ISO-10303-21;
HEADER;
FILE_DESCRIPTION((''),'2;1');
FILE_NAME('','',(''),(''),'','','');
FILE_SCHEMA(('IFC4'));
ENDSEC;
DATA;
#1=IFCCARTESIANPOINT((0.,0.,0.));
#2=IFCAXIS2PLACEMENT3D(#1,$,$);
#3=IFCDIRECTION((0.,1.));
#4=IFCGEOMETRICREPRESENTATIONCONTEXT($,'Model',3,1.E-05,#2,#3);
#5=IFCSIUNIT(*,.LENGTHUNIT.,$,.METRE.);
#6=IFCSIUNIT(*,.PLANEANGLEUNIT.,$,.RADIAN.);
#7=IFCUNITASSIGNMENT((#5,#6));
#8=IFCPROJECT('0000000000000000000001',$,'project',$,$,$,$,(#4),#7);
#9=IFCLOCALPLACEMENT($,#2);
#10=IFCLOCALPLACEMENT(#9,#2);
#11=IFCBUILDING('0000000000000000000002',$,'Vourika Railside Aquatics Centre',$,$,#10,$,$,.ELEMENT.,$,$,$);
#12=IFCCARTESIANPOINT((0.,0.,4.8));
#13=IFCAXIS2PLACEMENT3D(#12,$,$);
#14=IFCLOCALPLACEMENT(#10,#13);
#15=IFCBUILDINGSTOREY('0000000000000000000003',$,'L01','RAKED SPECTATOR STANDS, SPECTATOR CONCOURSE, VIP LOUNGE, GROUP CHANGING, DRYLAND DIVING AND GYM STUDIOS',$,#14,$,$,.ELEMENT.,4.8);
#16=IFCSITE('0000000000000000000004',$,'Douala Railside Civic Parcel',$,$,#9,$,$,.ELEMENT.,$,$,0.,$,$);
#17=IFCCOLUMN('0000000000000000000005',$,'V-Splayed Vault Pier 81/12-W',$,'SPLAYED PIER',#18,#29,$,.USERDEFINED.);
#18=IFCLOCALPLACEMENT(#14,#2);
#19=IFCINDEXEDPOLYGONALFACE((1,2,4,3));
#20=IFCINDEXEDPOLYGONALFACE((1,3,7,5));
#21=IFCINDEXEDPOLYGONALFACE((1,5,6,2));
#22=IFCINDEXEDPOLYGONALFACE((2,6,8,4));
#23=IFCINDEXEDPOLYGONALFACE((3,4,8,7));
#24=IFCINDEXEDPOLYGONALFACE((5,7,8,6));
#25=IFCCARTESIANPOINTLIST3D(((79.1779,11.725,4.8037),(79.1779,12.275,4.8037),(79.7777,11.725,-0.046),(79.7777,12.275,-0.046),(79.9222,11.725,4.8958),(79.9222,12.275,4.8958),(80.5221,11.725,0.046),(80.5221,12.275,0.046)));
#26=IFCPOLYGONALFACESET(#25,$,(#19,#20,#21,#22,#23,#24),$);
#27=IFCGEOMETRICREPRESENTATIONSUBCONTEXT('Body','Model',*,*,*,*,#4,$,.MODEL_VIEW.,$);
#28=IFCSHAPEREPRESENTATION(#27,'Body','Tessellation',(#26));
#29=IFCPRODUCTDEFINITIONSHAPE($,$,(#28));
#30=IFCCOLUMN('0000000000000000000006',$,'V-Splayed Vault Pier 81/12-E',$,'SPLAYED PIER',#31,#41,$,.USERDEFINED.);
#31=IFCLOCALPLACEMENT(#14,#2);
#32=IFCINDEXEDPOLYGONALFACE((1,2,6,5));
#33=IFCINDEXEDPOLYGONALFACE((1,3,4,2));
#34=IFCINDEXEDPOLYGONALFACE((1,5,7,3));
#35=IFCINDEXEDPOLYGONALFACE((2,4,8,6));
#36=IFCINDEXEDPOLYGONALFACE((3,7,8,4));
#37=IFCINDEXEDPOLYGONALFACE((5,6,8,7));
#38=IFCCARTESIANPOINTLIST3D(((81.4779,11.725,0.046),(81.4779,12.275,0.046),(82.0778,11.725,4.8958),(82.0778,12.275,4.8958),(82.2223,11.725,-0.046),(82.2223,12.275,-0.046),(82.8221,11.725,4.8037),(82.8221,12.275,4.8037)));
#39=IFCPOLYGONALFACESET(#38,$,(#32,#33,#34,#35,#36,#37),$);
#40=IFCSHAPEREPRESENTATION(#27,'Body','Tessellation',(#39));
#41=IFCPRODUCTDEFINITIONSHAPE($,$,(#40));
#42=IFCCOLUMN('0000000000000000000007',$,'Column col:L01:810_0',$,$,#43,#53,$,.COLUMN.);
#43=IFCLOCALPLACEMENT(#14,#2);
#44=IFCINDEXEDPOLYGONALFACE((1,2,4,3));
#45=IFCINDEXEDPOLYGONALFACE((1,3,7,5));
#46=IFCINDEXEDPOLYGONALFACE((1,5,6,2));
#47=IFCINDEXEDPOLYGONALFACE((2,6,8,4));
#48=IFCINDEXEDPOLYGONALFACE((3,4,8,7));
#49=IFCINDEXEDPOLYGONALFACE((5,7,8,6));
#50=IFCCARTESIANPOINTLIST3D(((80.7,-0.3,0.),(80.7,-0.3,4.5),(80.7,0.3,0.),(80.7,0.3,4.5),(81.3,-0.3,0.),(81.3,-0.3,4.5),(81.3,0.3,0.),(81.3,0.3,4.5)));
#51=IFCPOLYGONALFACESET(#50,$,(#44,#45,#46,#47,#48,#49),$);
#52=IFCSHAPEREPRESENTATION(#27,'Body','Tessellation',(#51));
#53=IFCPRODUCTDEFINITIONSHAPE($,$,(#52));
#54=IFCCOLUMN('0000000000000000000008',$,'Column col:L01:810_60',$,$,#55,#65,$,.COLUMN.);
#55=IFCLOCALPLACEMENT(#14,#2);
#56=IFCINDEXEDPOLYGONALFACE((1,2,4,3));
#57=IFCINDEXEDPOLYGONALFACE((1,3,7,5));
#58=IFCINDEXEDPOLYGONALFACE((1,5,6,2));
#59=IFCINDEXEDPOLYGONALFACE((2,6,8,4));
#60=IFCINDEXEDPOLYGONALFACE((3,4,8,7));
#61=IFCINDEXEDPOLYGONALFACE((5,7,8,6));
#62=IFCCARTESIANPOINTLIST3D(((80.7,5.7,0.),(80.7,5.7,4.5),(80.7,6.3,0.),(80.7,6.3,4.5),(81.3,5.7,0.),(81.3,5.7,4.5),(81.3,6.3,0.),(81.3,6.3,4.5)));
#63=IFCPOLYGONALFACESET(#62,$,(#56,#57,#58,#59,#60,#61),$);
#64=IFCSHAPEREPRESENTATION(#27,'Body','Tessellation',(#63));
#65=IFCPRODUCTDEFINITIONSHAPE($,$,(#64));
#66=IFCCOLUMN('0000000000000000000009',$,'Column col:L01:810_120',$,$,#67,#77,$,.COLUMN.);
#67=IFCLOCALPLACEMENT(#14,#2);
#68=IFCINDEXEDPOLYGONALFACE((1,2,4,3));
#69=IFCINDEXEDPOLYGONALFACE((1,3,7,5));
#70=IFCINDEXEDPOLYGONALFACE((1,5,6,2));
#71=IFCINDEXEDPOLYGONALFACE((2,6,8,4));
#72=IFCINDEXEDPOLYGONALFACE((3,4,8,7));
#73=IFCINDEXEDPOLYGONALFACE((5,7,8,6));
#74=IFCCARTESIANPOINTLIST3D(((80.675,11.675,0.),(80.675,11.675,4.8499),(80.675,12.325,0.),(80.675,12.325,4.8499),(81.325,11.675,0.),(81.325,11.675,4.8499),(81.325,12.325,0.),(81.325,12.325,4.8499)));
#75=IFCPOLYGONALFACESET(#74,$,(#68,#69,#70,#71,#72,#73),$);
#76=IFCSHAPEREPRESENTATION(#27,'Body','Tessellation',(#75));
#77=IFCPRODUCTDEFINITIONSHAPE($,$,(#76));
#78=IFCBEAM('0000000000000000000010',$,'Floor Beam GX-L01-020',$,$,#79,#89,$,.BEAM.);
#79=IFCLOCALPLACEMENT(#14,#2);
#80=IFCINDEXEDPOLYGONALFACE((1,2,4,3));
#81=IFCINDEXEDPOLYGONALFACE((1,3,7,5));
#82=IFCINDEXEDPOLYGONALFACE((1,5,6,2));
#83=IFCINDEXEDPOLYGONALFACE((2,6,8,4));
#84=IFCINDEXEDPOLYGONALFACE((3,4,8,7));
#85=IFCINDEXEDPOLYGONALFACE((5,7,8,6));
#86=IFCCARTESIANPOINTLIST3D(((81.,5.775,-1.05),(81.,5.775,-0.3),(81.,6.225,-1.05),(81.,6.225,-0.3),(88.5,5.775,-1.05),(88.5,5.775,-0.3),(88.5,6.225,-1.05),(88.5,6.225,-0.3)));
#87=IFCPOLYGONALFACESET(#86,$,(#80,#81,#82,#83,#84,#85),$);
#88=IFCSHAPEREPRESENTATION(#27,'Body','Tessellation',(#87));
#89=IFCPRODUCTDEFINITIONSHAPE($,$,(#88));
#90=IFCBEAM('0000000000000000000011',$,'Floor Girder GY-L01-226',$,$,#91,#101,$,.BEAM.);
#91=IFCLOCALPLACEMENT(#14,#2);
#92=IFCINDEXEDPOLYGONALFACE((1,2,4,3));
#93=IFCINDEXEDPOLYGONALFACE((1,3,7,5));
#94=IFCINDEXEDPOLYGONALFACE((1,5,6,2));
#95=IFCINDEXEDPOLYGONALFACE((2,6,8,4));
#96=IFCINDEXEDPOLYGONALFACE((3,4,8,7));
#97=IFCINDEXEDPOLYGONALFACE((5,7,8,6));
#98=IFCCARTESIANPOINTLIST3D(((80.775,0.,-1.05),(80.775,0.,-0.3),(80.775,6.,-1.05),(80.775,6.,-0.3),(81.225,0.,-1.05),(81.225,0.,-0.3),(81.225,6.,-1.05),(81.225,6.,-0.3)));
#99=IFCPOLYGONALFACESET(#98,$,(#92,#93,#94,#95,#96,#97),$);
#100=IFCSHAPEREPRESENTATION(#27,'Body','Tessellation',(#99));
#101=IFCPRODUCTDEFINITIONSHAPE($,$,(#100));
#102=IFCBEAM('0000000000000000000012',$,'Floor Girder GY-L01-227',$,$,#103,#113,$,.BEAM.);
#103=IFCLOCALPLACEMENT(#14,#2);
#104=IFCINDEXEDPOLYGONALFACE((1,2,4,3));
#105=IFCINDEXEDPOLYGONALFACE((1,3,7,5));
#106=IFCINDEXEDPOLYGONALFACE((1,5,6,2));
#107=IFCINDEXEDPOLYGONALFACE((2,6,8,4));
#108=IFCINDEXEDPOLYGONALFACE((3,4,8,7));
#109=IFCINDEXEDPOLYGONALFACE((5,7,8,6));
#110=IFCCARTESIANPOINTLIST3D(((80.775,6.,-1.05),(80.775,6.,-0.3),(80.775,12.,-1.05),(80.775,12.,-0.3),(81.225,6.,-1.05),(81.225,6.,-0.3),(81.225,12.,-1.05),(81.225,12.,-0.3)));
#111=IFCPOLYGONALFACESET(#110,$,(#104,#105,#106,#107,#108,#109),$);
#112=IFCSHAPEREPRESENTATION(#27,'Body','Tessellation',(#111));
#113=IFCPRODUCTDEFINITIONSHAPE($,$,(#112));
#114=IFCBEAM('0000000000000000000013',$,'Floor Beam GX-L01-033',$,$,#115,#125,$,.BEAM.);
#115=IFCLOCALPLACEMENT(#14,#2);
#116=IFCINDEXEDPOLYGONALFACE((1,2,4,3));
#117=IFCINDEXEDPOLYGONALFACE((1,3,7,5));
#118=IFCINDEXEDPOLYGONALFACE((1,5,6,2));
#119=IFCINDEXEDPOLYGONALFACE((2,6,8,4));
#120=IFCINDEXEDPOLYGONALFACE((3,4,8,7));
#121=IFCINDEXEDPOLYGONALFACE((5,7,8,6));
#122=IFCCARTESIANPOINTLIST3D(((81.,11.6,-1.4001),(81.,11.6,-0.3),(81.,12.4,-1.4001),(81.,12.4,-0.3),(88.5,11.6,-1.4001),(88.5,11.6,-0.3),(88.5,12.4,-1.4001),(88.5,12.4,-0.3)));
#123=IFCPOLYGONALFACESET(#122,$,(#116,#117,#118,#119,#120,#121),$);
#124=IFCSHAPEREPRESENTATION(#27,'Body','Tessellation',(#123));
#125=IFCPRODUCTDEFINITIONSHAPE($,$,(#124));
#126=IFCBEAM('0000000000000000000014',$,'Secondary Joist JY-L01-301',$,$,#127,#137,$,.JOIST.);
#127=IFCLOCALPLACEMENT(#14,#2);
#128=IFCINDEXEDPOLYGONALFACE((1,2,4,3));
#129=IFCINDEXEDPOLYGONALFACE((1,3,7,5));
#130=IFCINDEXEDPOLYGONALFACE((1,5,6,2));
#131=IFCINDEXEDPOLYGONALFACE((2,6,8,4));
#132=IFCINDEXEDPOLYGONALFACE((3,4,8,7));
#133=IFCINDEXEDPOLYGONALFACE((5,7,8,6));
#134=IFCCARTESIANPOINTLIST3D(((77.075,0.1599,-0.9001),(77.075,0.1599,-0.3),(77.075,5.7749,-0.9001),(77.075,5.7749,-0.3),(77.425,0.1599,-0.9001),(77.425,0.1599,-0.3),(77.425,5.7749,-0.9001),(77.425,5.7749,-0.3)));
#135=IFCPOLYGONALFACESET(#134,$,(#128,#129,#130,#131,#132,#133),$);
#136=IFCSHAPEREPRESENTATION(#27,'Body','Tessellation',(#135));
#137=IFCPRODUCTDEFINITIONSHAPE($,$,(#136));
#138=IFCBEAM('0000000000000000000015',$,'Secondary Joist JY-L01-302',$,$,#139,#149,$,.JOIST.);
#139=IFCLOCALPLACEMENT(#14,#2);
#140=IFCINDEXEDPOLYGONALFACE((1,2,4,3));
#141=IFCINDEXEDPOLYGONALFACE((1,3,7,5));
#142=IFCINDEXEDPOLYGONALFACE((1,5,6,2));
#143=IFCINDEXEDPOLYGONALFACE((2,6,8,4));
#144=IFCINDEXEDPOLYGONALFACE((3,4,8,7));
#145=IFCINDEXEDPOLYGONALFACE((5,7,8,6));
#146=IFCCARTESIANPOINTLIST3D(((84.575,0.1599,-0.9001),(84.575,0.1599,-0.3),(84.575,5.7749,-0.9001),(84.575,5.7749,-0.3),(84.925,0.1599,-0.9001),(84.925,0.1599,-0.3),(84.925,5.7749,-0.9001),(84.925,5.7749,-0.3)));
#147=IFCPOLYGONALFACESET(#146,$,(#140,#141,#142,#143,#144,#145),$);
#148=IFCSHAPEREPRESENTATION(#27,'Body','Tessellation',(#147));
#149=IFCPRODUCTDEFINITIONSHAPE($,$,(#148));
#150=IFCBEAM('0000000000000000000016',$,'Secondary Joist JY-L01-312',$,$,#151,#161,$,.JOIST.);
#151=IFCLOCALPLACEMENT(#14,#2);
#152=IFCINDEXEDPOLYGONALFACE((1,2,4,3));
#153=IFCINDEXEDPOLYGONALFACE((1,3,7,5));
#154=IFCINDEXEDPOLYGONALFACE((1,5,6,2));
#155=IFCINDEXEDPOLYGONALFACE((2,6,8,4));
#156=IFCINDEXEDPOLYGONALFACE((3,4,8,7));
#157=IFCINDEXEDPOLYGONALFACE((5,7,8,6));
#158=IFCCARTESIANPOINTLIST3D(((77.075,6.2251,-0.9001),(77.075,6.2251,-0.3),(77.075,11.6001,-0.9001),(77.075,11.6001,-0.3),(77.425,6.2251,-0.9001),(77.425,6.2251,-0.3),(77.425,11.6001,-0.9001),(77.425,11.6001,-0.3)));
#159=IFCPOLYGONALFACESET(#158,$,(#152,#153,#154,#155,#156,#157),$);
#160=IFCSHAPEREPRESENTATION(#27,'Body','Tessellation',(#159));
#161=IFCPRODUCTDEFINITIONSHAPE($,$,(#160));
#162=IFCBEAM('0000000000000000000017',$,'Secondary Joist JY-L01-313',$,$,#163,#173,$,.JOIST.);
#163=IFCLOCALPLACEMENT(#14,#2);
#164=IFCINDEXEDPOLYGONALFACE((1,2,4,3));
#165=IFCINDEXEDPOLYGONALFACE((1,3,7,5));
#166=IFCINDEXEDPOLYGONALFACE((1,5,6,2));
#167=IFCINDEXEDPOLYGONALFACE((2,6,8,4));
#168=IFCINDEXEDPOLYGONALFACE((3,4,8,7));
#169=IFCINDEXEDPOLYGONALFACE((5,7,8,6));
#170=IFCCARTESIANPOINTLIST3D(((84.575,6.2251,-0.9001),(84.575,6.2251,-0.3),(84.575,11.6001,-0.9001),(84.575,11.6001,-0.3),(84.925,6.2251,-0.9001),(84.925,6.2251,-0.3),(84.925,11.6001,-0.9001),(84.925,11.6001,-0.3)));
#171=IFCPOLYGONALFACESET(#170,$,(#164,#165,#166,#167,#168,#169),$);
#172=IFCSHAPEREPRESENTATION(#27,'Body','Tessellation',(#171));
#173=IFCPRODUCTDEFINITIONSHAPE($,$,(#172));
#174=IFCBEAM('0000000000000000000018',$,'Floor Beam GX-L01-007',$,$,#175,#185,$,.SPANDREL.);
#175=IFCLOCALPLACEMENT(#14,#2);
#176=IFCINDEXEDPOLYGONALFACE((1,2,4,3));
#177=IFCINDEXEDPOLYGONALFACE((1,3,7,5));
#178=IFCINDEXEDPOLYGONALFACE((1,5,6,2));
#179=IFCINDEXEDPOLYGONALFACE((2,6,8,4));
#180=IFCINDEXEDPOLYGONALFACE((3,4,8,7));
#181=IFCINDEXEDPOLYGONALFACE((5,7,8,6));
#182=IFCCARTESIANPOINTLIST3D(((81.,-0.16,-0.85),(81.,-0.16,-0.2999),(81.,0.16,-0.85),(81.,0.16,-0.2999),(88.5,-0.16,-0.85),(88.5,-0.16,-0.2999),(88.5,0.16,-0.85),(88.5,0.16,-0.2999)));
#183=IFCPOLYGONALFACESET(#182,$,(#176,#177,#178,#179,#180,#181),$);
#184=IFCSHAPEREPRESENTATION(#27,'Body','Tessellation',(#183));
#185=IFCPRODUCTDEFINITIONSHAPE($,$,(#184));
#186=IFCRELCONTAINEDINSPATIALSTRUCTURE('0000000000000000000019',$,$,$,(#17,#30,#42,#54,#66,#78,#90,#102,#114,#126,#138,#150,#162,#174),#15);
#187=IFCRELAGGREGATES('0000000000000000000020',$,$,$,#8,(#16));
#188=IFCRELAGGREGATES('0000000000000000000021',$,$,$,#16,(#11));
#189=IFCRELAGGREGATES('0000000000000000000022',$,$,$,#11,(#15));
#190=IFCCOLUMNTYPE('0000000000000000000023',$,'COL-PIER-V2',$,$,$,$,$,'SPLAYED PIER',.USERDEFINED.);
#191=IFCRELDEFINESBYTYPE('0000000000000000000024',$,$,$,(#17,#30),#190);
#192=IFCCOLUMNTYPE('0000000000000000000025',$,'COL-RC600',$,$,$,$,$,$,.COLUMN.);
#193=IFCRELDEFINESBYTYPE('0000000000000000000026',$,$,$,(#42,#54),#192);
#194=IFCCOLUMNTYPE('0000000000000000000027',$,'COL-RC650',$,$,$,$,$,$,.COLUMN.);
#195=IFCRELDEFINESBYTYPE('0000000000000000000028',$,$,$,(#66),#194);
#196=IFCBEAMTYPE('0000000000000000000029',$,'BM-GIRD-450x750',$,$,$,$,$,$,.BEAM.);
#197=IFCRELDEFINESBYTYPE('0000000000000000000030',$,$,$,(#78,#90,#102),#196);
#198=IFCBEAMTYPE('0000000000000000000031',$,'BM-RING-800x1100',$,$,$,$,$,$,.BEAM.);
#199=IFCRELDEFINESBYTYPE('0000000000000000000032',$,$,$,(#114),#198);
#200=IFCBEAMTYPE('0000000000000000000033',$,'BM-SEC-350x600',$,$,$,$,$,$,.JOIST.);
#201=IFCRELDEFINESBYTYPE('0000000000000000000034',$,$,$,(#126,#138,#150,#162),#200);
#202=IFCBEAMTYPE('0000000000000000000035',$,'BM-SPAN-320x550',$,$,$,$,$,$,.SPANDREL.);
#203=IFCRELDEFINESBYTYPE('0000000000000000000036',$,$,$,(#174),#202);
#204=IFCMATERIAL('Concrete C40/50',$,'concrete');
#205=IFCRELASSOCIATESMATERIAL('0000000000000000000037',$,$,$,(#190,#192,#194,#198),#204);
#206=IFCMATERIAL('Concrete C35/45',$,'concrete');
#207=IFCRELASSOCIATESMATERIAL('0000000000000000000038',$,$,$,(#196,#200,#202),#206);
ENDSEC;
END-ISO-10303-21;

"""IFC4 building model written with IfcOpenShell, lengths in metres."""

from ifc_helpers import new_model, si_unit, direction, frame, origin, origin_2d, place, context, subcontext, project, spatial, rectangle, extrude, material, material_profile, profile_set, type_object, element, save


model = new_model("IFC4")

# Units and contexts
model_context = context("Model", 3, precision=1e-05, world=origin(), true_north=direction((0.0, 1.0)))
body_context = subcontext(model_context, "Body", "Model", "MODEL_VIEW")
ifc_project = project(units=[si_unit("LENGTHUNIT", "METRE"), si_unit("PLANEANGLEUNIT", "RADIAN")], contexts=[model_context])

# Site, building, storey
site_placement = place(None, origin())
site = spatial("IfcSite", under=ifc_project, at=site_placement, Name="Douala Railside Civic Parcel", CompositionType="ELEMENT", RefElevation=0.0)
building_placement = place(site_placement, origin())
building = spatial("IfcBuilding", under=site, at=building_placement, Name="Vourika Railside Aquatics Centre", CompositionType="ELEMENT")
storey_placement = place(building_placement, frame((0.0, 0.0, 4.8)))
storey = spatial("IfcBuildingStorey", under=building, at=storey_placement, Name="L01", Description="RAKED SPECTATOR STANDS, SPECTATOR CONCOURSE, VIP LOUNGE, GROUP CHANGING, DRYLAND DIVING AND GYM STUDIOS", CompositionType="ELEMENT", Elevation=4.8)

# Columns
ifc_material_1 = material(Name="Concrete C40/50", Category="concrete")
ifc_material_profile_1 = material_profile(ifc_material_1, rectangle(XDim=0.55, YDim=0.75, at=origin_2d()), Name="RC 550x750")
ifc_profile_set_1 = profile_set([ifc_material_profile_1], Name="Concrete C40/50")
column_type_1 = type_object("IfcColumnType", Name="COL-PIER-V2", ElementType="SPLAYED PIER", PredefinedType="USERDEFINED", material=ifc_profile_set_1)
for number, where, z_axis, x_axis, name in (
    (1, (80.1499, 12.0, 0.0), (-0.12275, 0.0, 0.992438), (0.0, -1.0, 0.0), "V-Splayed Vault Pier 81/12-W"),
    (2, (81.8501, 12.0, 0.0), (0.12275, 0.0, 0.992438), (0.0, 1.0, 0.0), "V-Splayed Vault Pier 81/12-E"),
):
    element("IfcColumn", number, at=place(storey_placement, frame(where, z_axis=z_axis, x_axis=x_axis)), inside=storey, type_object=column_type_1, Name=name, ObjectType="SPLAYED PIER", PredefinedType="USERDEFINED", context=body_context, shape_type="SweptSolid", body=[
        extrude(rectangle(XDim=0.55, YDim=0.75, at=origin_2d()), origin(), (0.0, 0.0, 1.0), 4.8867),
    ])
ifc_material_profile_2 = material_profile(ifc_material_1, rectangle(XDim=0.6001, YDim=0.6001, at=origin_2d()), Name="RC 600x600")
ifc_profile_set_2 = profile_set([ifc_material_profile_2], Name="Concrete C40/50")
column_type_2 = type_object("IfcColumnType", Name="COL-RC600", PredefinedType="COLUMN", material=ifc_profile_set_2)
for number, where, z_axis, x_axis, name in (
    (3, (81.0, 0.0, 0.0), (0.0, 0.0, 1.0), (1.0, 0.0, 0.0), "Column col:L01:810_0"),
    (4, (81.0, 6.0, 0.0), (0.0, 0.0, 1.0), (1.0, 0.0, 0.0), "Column col:L01:810_60"),
):
    element("IfcColumn", number, at=place(storey_placement, frame(where, z_axis=z_axis, x_axis=x_axis)), inside=storey, type_object=column_type_2, Name=name, PredefinedType="COLUMN", context=body_context, shape_type="SweptSolid", body=[
        extrude(rectangle(XDim=0.6001, YDim=0.6001, at=origin_2d()), origin(), (0.0, 0.0, 1.0), 4.5),
    ])
ifc_material_profile_3 = material_profile(ifc_material_1, rectangle(XDim=0.6499, YDim=0.6499, at=origin_2d()), Name="RC 650x650")
ifc_profile_set_3 = profile_set([ifc_material_profile_3], Name="Concrete C40/50")
column_type_3 = type_object("IfcColumnType", Name="COL-RC650", PredefinedType="COLUMN", material=ifc_profile_set_3)
column_placement = place(storey_placement, frame((81.0, 12.0, 0.0), z_axis=(0.0, 0.0, 1.0), x_axis=(1.0, 0.0, 0.0)))
element("IfcColumn", 5, at=column_placement, inside=storey, type_object=column_type_3, Name="Column col:L01:810_120", PredefinedType="COLUMN", context=body_context, shape_type="SweptSolid", body=[
    extrude(rectangle(XDim=0.6499, YDim=0.6499, at=origin_2d()), origin(), (0.0, 0.0, 1.0), 4.8499),
])

# Beams
ifc_material_2 = material(Name="Concrete C35/45", Category="concrete")
ifc_material_profile_4 = material_profile(ifc_material_2, rectangle(XDim=0.45, YDim=0.75, at=origin_2d()), Name="RC 450x750")
ifc_profile_set_4 = profile_set([ifc_material_profile_4], Name="Concrete C35/45")
beam_type_1 = type_object("IfcBeamType", Name="BM-GIRD-450x750", PredefinedType="BEAM", material=ifc_profile_set_4)
beam_1_placement = place(storey_placement, frame((81.0, 6.0, -0.675), z_axis=(1.0, 0.0, 0.0), x_axis=(0.0, 1.0, 0.0)))
element("IfcBeam", 6, at=beam_1_placement, inside=storey, type_object=beam_type_1, Name="Floor Beam GX-L01-020", PredefinedType="BEAM", context=body_context, shape_type="SweptSolid", body=[
    extrude(rectangle(XDim=0.45, YDim=0.75, at=origin_2d()), origin(), (0.0, 0.0, 1.0), 7.5),
])
for number, where, z_axis, x_axis, name in (
    (7, (81.0, 0.0, -0.675), (0.0, 1.0, 0.0), (-1.0, 0.0, 0.0), "Floor Girder GY-L01-226"),
    (8, (81.0, 6.0, -0.675), (0.0, 1.0, 0.0), (-1.0, 0.0, 0.0), "Floor Girder GY-L01-227"),
):
    element("IfcBeam", number, at=place(storey_placement, frame(where, z_axis=z_axis, x_axis=x_axis)), inside=storey, type_object=beam_type_1, Name=name, PredefinedType="BEAM", context=body_context, shape_type="SweptSolid", body=[
        extrude(rectangle(XDim=0.45, YDim=0.75, at=origin_2d()), origin(), (0.0, 0.0, 1.0), 6.0),
    ])
ifc_material_profile_5 = material_profile(ifc_material_1, rectangle(XDim=0.8, YDim=1.1001, at=origin_2d()), Name="RC 800x1100")
ifc_profile_set_5 = profile_set([ifc_material_profile_5], Name="Concrete C40/50")
beam_type_2 = type_object("IfcBeamType", Name="BM-RING-800x1100", PredefinedType="BEAM", material=ifc_profile_set_5)
beam_2_placement = place(storey_placement, frame((81.0, 12.0, -0.8501), z_axis=(1.0, 0.0, 0.0), x_axis=(0.0, 1.0, 0.0)))
element("IfcBeam", 9, at=beam_2_placement, inside=storey, type_object=beam_type_2, Name="Floor Beam GX-L01-033", PredefinedType="BEAM", context=body_context, shape_type="SweptSolid", body=[
    extrude(rectangle(XDim=0.8, YDim=1.1001, at=origin_2d()), origin(), (0.0, 0.0, 1.0), 7.5),
])
ifc_material_profile_6 = material_profile(ifc_material_2, rectangle(XDim=0.3501, YDim=0.6001, at=origin_2d()), Name="RC 350x600")
ifc_profile_set_6 = profile_set([ifc_material_profile_6], Name="Concrete C35/45")
beam_type_3 = type_object("IfcBeamType", Name="BM-SEC-350x600", PredefinedType="JOIST", material=ifc_profile_set_6)
for number, where, z_axis, x_axis, name in (
    (10, (77.25, 0.1599, -0.6001), (0.0, 1.0, 0.0), (-1.0, 0.0, 0.0), "Secondary Joist JY-L01-301"),
    (11, (84.75, 0.1599, -0.6001), (0.0, 1.0, 0.0), (-1.0, 0.0, 0.0), "Secondary Joist JY-L01-302"),
):
    element("IfcBeam", number, at=place(storey_placement, frame(where, z_axis=z_axis, x_axis=x_axis)), inside=storey, type_object=beam_type_3, Name=name, PredefinedType="JOIST", context=body_context, shape_type="SweptSolid", body=[
        extrude(rectangle(XDim=0.3501, YDim=0.6001, at=origin_2d()), origin(), (0.0, 0.0, 1.0), 5.615),
    ])
for number, where, z_axis, x_axis, name in (
    (12, (77.25, 6.2251, -0.6001), (0.0, 1.0, 0.0), (-1.0, 0.0, 0.0), "Secondary Joist JY-L01-312"),
    (13, (84.75, 6.2251, -0.6001), (0.0, 1.0, 0.0), (-1.0, 0.0, 0.0), "Secondary Joist JY-L01-313"),
):
    element("IfcBeam", number, at=place(storey_placement, frame(where, z_axis=z_axis, x_axis=x_axis)), inside=storey, type_object=beam_type_3, Name=name, PredefinedType="JOIST", context=body_context, shape_type="SweptSolid", body=[
        extrude(rectangle(XDim=0.3501, YDim=0.6001, at=origin_2d()), origin(), (0.0, 0.0, 1.0), 5.375),
    ])
ifc_material_profile_7 = material_profile(ifc_material_2, rectangle(XDim=0.3201, YDim=0.55, at=origin_2d()), Name="RC 320x550")
ifc_profile_set_7 = profile_set([ifc_material_profile_7], Name="Concrete C35/45")
beam_type_4 = type_object("IfcBeamType", Name="BM-SPAN-320x550", PredefinedType="SPANDREL", material=ifc_profile_set_7)
beam_3_placement = place(storey_placement, frame((81.0, 0.0, -0.575), z_axis=(1.0, 0.0, 0.0), x_axis=(0.0, 1.0, 0.0)))
element("IfcBeam", 14, at=beam_3_placement, inside=storey, type_object=beam_type_4, Name="Floor Beam GX-L01-007", PredefinedType="SPANDREL", context=body_context, shape_type="SweptSolid", body=[
    extrude(rectangle(XDim=0.3201, YDim=0.55, at=origin_2d()), origin(), (0.0, 0.0, 1.0), 7.5),
])

save(model, "model.ifc")
